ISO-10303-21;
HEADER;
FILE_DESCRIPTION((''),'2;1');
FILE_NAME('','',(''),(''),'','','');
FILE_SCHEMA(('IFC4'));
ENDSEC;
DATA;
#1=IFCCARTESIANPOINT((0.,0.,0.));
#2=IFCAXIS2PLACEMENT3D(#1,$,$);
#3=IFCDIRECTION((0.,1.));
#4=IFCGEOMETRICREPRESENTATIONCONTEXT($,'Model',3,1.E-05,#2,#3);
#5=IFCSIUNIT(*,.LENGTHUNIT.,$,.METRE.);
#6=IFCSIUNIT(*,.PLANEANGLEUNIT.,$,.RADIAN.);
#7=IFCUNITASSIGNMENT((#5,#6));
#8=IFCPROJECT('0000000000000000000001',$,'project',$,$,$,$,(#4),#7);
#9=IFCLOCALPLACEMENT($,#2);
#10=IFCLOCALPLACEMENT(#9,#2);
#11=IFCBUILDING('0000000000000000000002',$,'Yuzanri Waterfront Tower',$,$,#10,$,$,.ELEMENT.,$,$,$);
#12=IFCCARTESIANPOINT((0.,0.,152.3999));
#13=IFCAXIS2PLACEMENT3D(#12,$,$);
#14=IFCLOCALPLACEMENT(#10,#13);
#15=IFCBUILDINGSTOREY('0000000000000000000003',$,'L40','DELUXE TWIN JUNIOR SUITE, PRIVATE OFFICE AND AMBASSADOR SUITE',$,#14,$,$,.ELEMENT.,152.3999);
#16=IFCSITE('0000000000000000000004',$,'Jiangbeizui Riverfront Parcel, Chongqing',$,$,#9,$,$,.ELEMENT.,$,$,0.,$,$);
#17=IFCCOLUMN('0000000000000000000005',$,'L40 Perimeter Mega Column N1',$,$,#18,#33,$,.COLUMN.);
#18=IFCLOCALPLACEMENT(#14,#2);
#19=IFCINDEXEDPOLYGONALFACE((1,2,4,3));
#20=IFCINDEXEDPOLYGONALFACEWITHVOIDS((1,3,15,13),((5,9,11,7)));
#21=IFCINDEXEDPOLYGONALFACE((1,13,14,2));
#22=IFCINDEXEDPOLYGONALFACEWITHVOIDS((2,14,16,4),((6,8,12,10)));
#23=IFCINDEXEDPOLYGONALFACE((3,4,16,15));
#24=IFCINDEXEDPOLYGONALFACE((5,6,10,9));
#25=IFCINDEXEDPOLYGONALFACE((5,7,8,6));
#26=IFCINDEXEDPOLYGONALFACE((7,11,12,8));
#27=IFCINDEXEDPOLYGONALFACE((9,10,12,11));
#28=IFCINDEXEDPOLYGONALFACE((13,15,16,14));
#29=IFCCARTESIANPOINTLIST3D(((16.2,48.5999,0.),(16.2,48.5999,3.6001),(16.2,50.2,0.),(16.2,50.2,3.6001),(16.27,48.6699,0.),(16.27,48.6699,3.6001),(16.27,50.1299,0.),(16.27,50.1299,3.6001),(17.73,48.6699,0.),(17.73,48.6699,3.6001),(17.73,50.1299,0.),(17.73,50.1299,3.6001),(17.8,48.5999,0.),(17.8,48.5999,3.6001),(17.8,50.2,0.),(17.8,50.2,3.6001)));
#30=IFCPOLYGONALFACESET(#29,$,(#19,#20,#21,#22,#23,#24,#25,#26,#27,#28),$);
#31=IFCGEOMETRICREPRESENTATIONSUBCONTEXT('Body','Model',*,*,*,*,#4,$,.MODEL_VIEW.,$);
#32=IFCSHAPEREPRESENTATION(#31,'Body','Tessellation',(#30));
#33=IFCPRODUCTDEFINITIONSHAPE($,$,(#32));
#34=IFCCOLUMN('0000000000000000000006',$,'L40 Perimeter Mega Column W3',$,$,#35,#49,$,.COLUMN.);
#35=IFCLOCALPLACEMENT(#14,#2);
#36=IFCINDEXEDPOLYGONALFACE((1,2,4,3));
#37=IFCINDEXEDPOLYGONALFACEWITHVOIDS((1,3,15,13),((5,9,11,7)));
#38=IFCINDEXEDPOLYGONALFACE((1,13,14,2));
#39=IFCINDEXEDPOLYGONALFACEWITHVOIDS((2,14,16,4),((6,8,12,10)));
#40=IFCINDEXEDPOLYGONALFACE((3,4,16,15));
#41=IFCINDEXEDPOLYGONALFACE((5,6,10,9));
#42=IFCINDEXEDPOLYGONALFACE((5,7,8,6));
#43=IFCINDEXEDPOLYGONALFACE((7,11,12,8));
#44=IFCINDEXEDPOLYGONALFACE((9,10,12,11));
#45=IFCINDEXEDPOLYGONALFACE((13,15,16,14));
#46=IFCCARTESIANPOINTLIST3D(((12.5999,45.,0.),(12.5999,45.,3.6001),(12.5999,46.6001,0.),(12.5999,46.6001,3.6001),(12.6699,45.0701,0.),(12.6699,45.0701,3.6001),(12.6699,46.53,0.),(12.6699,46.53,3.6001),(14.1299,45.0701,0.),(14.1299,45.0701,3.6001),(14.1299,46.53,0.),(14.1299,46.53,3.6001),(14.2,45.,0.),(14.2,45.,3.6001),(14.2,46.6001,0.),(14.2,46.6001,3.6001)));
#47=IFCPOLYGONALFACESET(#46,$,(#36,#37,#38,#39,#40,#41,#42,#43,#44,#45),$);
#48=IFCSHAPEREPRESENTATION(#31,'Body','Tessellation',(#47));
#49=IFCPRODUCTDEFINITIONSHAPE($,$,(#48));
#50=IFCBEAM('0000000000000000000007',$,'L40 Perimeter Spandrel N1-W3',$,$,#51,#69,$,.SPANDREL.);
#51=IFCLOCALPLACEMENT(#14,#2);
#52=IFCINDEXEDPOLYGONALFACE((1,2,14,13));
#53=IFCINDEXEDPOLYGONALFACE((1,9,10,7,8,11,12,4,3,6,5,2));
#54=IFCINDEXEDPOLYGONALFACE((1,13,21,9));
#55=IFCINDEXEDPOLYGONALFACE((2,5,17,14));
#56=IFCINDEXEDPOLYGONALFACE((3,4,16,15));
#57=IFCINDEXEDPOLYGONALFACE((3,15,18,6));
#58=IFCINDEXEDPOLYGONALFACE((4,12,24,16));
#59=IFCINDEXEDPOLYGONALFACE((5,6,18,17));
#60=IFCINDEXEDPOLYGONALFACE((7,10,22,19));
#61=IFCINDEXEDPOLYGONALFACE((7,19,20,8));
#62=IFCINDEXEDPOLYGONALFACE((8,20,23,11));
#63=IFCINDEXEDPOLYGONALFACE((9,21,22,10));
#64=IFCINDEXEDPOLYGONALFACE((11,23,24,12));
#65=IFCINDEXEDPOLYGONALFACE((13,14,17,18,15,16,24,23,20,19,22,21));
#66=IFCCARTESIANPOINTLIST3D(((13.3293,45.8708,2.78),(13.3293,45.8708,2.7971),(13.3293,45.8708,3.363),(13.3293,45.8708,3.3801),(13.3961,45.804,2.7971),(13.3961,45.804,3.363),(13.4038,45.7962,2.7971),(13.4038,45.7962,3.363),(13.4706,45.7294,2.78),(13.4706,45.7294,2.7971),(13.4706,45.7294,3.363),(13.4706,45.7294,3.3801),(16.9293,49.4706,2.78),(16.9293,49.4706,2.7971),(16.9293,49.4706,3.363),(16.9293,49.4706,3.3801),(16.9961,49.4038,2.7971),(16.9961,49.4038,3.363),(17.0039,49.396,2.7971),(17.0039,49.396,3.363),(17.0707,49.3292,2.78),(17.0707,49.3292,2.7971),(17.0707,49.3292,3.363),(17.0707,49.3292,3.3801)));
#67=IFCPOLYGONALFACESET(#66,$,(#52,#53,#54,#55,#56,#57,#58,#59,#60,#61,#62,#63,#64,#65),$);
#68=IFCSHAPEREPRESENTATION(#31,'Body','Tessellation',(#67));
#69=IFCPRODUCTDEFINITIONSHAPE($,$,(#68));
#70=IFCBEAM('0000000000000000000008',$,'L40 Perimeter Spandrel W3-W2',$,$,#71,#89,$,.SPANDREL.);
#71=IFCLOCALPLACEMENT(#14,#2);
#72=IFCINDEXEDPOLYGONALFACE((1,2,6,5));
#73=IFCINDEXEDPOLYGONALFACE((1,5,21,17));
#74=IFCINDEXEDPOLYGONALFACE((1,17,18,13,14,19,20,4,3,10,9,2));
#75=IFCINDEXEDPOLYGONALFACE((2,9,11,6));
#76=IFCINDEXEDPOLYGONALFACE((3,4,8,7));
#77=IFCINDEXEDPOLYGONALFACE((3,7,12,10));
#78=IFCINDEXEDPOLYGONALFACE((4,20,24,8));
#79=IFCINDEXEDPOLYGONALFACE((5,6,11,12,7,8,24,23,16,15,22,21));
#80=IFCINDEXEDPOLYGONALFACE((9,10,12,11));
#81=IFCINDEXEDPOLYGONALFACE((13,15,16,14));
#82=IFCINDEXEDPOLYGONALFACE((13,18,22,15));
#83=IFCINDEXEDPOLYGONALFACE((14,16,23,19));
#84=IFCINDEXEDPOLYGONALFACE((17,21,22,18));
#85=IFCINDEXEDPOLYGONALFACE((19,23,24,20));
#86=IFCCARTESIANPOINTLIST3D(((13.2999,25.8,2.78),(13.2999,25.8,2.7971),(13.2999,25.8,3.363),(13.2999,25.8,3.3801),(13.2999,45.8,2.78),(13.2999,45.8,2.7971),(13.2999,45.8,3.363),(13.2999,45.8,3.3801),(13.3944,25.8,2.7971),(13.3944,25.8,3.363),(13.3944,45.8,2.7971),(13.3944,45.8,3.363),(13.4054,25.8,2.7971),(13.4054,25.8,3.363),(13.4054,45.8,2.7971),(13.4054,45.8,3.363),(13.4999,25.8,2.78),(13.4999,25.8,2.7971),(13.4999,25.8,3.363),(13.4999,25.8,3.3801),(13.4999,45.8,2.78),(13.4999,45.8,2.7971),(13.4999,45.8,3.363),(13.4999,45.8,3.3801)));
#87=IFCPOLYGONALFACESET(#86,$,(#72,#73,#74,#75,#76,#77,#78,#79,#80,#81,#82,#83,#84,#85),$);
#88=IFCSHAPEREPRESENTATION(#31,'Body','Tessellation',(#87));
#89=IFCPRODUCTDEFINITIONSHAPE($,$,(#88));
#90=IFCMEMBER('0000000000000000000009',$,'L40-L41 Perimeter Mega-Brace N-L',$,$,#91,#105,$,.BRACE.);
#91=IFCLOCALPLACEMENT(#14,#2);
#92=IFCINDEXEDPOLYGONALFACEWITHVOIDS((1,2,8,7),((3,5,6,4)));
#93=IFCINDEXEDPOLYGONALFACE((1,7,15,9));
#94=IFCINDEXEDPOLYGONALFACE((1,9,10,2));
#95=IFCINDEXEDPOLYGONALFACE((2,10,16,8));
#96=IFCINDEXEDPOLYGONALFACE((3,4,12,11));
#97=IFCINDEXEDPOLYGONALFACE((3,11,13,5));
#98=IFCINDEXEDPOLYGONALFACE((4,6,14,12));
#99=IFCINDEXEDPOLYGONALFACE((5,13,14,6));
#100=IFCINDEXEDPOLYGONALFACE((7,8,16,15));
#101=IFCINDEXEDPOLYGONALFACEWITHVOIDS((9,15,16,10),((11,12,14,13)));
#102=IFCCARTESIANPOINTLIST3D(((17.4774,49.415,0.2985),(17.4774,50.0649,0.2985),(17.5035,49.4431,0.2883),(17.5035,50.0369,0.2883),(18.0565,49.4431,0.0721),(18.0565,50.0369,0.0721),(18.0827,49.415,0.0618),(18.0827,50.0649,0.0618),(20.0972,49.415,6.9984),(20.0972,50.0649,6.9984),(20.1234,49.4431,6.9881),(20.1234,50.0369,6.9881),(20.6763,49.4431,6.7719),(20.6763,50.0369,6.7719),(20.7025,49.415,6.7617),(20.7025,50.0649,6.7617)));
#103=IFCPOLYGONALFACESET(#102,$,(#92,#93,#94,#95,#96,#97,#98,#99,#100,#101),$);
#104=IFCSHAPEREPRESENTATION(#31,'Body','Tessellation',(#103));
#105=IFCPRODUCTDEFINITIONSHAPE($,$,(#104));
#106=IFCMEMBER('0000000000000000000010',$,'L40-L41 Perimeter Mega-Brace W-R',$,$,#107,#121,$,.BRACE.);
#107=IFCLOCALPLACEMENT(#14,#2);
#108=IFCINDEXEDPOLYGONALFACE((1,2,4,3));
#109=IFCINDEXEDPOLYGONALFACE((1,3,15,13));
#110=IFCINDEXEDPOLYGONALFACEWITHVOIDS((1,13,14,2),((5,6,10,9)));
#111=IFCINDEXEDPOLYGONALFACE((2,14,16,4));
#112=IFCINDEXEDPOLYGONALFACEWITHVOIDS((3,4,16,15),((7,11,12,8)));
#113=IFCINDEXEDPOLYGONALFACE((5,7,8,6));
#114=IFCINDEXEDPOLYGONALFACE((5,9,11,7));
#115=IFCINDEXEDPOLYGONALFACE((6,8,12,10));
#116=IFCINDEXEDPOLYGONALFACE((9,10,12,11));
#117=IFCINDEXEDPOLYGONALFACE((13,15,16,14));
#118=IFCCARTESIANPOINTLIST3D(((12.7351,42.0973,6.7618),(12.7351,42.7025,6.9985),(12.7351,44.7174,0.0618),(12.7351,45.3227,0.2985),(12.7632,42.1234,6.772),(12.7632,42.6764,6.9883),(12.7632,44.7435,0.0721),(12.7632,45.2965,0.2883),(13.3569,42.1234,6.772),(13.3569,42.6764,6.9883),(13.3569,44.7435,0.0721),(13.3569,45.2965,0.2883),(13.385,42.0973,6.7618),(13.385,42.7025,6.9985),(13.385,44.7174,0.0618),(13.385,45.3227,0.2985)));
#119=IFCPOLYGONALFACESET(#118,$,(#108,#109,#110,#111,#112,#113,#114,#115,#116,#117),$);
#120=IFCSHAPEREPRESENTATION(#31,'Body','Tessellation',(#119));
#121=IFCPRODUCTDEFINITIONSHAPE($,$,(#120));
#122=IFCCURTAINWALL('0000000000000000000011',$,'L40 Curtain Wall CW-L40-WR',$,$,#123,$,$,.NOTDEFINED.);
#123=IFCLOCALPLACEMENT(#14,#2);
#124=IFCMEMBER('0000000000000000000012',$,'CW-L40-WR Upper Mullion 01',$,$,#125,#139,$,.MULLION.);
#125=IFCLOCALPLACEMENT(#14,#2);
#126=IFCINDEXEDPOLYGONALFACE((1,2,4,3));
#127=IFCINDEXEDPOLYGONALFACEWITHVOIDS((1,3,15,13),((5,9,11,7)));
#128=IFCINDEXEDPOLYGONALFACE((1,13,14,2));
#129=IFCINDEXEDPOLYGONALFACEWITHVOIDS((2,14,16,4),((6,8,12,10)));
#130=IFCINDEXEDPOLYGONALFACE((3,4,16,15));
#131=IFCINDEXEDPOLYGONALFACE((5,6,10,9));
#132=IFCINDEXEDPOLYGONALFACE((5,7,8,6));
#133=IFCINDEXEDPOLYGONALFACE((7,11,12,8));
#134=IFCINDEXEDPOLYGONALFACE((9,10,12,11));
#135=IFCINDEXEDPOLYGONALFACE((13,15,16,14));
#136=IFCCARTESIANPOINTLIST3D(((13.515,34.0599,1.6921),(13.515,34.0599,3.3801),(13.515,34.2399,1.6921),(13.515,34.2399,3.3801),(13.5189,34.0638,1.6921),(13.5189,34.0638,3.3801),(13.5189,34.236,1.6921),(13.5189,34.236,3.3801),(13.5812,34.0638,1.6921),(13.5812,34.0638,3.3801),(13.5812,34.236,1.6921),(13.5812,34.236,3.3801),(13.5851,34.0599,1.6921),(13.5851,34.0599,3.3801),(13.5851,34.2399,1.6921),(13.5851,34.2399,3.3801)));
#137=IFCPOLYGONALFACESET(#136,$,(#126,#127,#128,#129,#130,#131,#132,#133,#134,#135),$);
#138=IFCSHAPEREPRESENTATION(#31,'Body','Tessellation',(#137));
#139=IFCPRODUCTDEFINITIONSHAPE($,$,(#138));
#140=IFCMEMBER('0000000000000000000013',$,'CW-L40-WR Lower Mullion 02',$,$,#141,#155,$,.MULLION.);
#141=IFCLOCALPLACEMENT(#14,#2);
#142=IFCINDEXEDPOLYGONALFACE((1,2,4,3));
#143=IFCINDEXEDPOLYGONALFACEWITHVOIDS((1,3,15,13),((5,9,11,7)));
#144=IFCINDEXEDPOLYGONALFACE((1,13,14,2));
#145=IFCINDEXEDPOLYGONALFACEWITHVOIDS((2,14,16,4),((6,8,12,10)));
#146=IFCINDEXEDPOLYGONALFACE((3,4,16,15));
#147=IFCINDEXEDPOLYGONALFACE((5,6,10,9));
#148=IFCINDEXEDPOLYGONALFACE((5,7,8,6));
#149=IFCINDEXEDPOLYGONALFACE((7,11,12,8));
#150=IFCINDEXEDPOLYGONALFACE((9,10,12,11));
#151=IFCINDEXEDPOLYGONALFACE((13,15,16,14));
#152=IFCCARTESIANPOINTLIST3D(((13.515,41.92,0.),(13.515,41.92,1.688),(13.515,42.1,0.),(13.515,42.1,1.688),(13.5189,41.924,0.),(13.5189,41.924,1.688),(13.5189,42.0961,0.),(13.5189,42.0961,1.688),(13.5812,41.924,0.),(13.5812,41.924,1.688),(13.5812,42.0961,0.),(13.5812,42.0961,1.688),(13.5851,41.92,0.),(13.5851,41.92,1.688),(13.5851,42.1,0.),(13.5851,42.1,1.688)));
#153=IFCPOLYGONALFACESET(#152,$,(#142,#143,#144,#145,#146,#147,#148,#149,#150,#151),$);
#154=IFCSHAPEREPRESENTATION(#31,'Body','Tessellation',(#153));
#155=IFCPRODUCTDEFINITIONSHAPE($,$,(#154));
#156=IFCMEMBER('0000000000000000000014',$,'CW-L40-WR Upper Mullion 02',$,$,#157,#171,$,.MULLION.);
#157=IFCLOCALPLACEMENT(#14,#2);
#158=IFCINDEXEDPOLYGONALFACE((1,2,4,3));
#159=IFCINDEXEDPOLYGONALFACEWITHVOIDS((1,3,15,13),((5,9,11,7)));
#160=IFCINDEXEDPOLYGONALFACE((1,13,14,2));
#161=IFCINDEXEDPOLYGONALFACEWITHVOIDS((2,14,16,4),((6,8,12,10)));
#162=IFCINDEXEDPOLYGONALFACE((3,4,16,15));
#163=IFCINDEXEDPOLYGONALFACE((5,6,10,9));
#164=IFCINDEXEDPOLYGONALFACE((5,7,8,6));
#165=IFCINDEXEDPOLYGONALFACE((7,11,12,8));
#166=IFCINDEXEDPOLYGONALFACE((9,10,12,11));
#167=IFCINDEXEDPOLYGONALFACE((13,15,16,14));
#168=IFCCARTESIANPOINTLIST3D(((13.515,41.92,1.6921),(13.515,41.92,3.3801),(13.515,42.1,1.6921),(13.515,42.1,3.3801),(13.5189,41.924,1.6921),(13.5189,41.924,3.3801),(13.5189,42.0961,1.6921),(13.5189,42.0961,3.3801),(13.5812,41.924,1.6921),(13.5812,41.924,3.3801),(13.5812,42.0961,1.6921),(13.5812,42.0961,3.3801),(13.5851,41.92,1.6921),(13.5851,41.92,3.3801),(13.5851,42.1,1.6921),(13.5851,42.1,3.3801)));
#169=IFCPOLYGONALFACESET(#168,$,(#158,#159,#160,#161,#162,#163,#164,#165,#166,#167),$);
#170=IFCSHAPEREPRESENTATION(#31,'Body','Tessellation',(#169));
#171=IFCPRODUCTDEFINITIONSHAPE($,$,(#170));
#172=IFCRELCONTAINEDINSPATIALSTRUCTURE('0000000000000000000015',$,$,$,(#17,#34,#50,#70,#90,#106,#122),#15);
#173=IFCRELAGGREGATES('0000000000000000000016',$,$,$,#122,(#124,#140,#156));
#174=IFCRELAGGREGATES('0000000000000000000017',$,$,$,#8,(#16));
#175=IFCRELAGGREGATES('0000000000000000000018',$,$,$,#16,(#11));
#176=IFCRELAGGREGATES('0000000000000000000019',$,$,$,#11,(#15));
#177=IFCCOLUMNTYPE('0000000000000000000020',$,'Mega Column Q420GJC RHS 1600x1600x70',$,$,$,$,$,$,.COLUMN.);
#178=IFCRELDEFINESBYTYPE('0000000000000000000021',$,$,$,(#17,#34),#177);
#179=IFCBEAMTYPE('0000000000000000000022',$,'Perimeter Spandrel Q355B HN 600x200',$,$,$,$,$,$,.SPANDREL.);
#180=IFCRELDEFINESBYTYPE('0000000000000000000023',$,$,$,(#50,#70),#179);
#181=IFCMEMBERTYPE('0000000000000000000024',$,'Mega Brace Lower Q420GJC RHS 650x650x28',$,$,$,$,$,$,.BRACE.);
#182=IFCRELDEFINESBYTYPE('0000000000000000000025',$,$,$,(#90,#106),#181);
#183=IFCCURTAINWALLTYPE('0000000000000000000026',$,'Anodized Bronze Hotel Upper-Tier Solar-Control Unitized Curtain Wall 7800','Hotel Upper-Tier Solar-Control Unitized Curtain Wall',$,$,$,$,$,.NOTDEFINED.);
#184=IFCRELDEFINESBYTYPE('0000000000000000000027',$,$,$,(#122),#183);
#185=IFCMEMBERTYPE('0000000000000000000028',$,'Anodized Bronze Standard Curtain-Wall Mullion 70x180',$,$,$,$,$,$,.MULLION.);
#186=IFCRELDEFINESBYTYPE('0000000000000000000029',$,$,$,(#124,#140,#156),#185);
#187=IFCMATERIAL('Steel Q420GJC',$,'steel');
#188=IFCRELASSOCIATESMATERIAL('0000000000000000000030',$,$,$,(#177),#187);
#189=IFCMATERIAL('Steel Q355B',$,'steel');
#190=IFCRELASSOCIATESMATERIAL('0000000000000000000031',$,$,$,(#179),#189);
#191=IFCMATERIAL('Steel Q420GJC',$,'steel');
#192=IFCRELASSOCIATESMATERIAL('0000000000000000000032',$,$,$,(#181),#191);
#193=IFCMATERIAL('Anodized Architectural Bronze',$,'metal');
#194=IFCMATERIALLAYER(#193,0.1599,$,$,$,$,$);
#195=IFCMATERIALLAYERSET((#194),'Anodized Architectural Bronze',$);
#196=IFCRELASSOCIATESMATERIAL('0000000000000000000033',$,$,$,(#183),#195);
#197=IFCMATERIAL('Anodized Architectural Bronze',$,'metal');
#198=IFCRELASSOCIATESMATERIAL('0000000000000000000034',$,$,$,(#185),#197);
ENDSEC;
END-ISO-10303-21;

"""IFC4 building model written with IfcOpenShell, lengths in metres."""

from ifc_helpers import new_model, si_unit, direction, frame, origin, origin_2d, place, context, subcontext, project, spatial, hollow_rectangle, i_section, extrude, source, transform, mapped, material, layer, layer_set, material_profile, profile_set, type_object, element, aggregate, save


model = new_model("IFC4")

# Units and contexts
model_context = context("Model", 3, precision=1e-05, world=origin(), true_north=direction((0.0, 1.0)))
body_context = subcontext(model_context, "Body", "Model", "MODEL_VIEW")
ifc_project = project(units=[si_unit("LENGTHUNIT", "METRE"), si_unit("PLANEANGLEUNIT", "RADIAN")], contexts=[model_context])

# Site, building, storey
site_placement = place(None, origin())
site = spatial("IfcSite", under=ifc_project, at=site_placement, Name="Jiangbeizui Riverfront Parcel, Chongqing", CompositionType="ELEMENT", RefElevation=0.0)
building_placement = place(site_placement, origin())
building = spatial("IfcBuilding", under=site, at=building_placement, Name="Yuzanri Waterfront Tower", CompositionType="ELEMENT")
storey_placement = place(building_placement, frame((0.0, 0.0, 152.3999)))
storey = spatial("IfcBuildingStorey", under=building, at=storey_placement, Name="L40", Description="DELUXE TWIN JUNIOR SUITE, PRIVATE OFFICE AND AMBASSADOR SUITE", CompositionType="ELEMENT", Elevation=152.3999)

# Columns
ifc_material_1 = material(Name="Steel Q420GJC", Category="steel")
ifc_material_profile_1 = material_profile(ifc_material_1, hollow_rectangle(XDim=1.6001, YDim=1.6001, WallThickness=0.0701, at=origin_2d()), Name="RHS 1600x1600x70")
ifc_profile_set_1 = profile_set([ifc_material_profile_1], Name="Steel Q420GJC")
column_type = type_object("IfcColumnType", Name="Mega Column Q420GJC RHS 1600x1600x70", PredefinedType="COLUMN", material=ifc_profile_set_1)
shared_shape_1 = source(origin(), body_context, "Body", "SweptSolid", [
    extrude(hollow_rectangle(XDim=1.6001, YDim=1.6001, WallThickness=0.0701, at=origin_2d()), origin(), (0.0, 0.0, 1.0), 3.6001),
])
for number, where, z_axis, x_axis, name in (
    (1, (17.0, 49.3999, 0.0), (0.0, 0.0, 1.0), (1.0, 0.0, 0.0), "L40 Perimeter Mega Column N1"),
    (2, (13.3999, 45.8, 0.0), (0.0, 0.0, 1.0), (1.0, 0.0, 0.0), "L40 Perimeter Mega Column W3"),
):
    element("IfcColumn", number, at=place(storey_placement, frame(where, z_axis=z_axis, x_axis=x_axis)), inside=storey, type_object=column_type, Name=name, PredefinedType="COLUMN", context=body_context, shape_type="MappedRepresentation", body=[
        mapped(shared_shape_1, transform((0.0, 0.0, 0.0), scale=1.0)),
    ])

# Beams
ifc_material_2 = material(Name="Steel Q355B", Category="steel")
ifc_material_profile_2 = material_profile(ifc_material_2, i_section(OverallWidth=0.2, OverallDepth=0.6001, WebThickness=0.011, FlangeThickness=0.0171, at=origin_2d()), Name="HN 600x200x11x17")
ifc_profile_set_2 = profile_set([ifc_material_profile_2], Name="Steel Q355B")
beam_type = type_object("IfcBeamType", Name="Perimeter Spandrel Q355B HN 600x200", PredefinedType="SPANDREL", material=ifc_profile_set_2)
shared_shape_2 = source(origin(), body_context, "Body", "SweptSolid", [
    extrude(i_section(OverallWidth=0.2, OverallDepth=0.6001, WebThickness=0.011, FlangeThickness=0.0171, at=origin_2d()), origin(), (0.0, 0.0, 1.0), 5.0911),
])
beam_1_placement = place(storey_placement, frame((17.0, 49.3999, 3.0801), z_axis=(-0.707131, -0.707083, 0.0), x_axis=(0.707083, -0.707131, 0.0)))
element("IfcBeam", 3, at=beam_1_placement, inside=storey, type_object=beam_type, Name="L40 Perimeter Spandrel N1-W3", PredefinedType="SPANDREL", context=body_context, shape_type="MappedRepresentation", body=[
    mapped(shared_shape_2, transform((0.0, 0.0, 0.0), scale=1.0)),
])
shared_shape_3 = source(origin(), body_context, "Body", "SweptSolid", [
    extrude(i_section(OverallWidth=0.2, OverallDepth=0.6001, WebThickness=0.011, FlangeThickness=0.0171, at=origin_2d()), origin(), (0.0, 0.0, 1.0), 20.0),
])
beam_2_placement = place(storey_placement, frame((13.3999, 45.8, 3.0801), z_axis=(0.0, -1.0, 0.0), x_axis=(1.0, 0.0, 0.0)))
element("IfcBeam", 4, at=beam_2_placement, inside=storey, type_object=beam_type, Name="L40 Perimeter Spandrel W3-W2", PredefinedType="SPANDREL", context=body_context, shape_type="MappedRepresentation", body=[
    mapped(shared_shape_3, transform((0.0, 0.0, 0.0), scale=1.0)),
])

# Members
ifc_material_3 = material(Name="Steel Q420GJC", Category="steel")
ifc_material_profile_3 = material_profile(ifc_material_3, hollow_rectangle(XDim=0.6499, YDim=0.6499, WallThickness=0.0281, at=origin_2d()), Name="RHS 650x650x28")
ifc_profile_set_3 = profile_set([ifc_material_profile_3], Name="Steel Q420GJC")
member_type_1 = type_object("IfcMemberType", Name="Mega Brace Lower Q420GJC RHS 650x650x28", PredefinedType="BRACE", material=ifc_profile_set_3)
shared_shape_4 = source(origin(), body_context, "Body", "SweptSolid", [
    extrude(hollow_rectangle(XDim=0.6499, YDim=0.6499, WallThickness=0.0281, at=origin_2d()), origin(), (0.0, 0.0, 1.0), 7.1938),
])
member_1_placement = place(storey_placement, frame((17.78, 49.74, 0.1802), z_axis=(0.364177, 0.0, 0.93133), x_axis=(0.0, 1.0, 0.0)))
element("IfcMember", 5, at=member_1_placement, inside=storey, type_object=member_type_1, Name="L40-L41 Perimeter Mega-Brace N-L", PredefinedType="BRACE", context=body_context, shape_type="MappedRepresentation", body=[
    mapped(shared_shape_4, transform((0.0, 0.0, 0.0), scale=1.0)),
])
shared_shape_5 = source(origin(), body_context, "Body", "SweptSolid", [
    extrude(hollow_rectangle(XDim=0.6499, YDim=0.6499, WallThickness=0.0281, at=origin_2d()), origin(), (0.0, 0.0, 1.0), 7.1941),
])
member_2_placement = place(storey_placement, frame((13.0601, 45.02, 0.1802), z_axis=(0.0, -0.364206, 0.931318), x_axis=(1.0, 0.0, 0.0)))
element("IfcMember", 6, at=member_2_placement, inside=storey, type_object=member_type_1, Name="L40-L41 Perimeter Mega-Brace W-R", PredefinedType="BRACE", context=body_context, shape_type="MappedRepresentation", body=[
    mapped(shared_shape_5, transform((0.0, 0.0, 0.0), scale=1.0)),
])

# Curtain wall, members
ifc_material_4 = material(Name="Anodized Architectural Bronze", Category="metal")
ifc_layer_1 = layer(ifc_material_4, 0.1599)
ifc_layer_set_1 = layer_set([ifc_layer_1], Name="Anodized Architectural Bronze")
curtain_wall_type = type_object("IfcCurtainWallType", Name="Anodized Bronze Hotel Upper-Tier Solar-Control Unitized Curtain Wall 7800", Description="Hotel Upper-Tier Solar-Control Unitized Curtain Wall", PredefinedType="NOTDEFINED", material=ifc_layer_set_1)
curtain_wall_placement = place(storey_placement, origin())
curtain_wall = element("IfcCurtainWall", 7, at=curtain_wall_placement, inside=storey, type_object=curtain_wall_type, Name="L40 Curtain Wall CW-L40-WR", PredefinedType="NOTDEFINED")
ifc_material_5 = material(Name="Anodized Architectural Bronze", Category="metal")
ifc_material_profile_4 = material_profile(ifc_material_5, hollow_rectangle(XDim=0.0701, YDim=0.1799, WallThickness=0.0039, at=origin_2d()), Name="CWM 70x180")
ifc_profile_set_4 = profile_set([ifc_material_profile_4], Name="Anodized Architectural Bronze")
member_type_2 = type_object("IfcMemberType", Name="Anodized Bronze Standard Curtain-Wall Mullion 70x180", PredefinedType="MULLION", material=ifc_profile_set_4)
shared_shape_6 = source(origin(), body_context, "Body", "SweptSolid", [
    extrude(hollow_rectangle(XDim=0.0701, YDim=0.1799, WallThickness=0.0039, at=origin_2d()), origin(), (0.0, 0.0, 1.0), 1.688),
])
member_3_placement = place(storey_placement, frame((13.55, 34.1499, 1.6921), z_axis=(0.0, 0.0, 1.0), x_axis=(1.0, 0.0, 0.0)))
member_3 = element("IfcMember", 8, at=member_3_placement, type_object=member_type_2, Name="CW-L40-WR Upper Mullion 01", PredefinedType="MULLION", context=body_context, shape_type="MappedRepresentation", body=[
    mapped(shared_shape_6, transform((0.0, 0.0, 0.0), scale=1.0)),
])
member_4_placement = place(storey_placement, frame((13.55, 42.01, 0.0), z_axis=(0.0, 0.0, 1.0), x_axis=(1.0, 0.0, 0.0)))
member_4 = element("IfcMember", 9, at=member_4_placement, type_object=member_type_2, Name="CW-L40-WR Lower Mullion 02", PredefinedType="MULLION", context=body_context, shape_type="MappedRepresentation", body=[
    mapped(shared_shape_6, transform((0.0, 0.0, 0.0), scale=1.0)),
])
member_5_placement = place(storey_placement, frame((13.55, 42.01, 1.6921), z_axis=(0.0, 0.0, 1.0), x_axis=(1.0, 0.0, 0.0)))
member_5 = element("IfcMember", 10, at=member_5_placement, type_object=member_type_2, Name="CW-L40-WR Upper Mullion 02", PredefinedType="MULLION", context=body_context, shape_type="MappedRepresentation", body=[
    mapped(shared_shape_6, transform((0.0, 0.0, 0.0), scale=1.0)),
])

aggregate(curtain_wall, [member_3, member_4, member_5])

save(model, "model.ifc")
